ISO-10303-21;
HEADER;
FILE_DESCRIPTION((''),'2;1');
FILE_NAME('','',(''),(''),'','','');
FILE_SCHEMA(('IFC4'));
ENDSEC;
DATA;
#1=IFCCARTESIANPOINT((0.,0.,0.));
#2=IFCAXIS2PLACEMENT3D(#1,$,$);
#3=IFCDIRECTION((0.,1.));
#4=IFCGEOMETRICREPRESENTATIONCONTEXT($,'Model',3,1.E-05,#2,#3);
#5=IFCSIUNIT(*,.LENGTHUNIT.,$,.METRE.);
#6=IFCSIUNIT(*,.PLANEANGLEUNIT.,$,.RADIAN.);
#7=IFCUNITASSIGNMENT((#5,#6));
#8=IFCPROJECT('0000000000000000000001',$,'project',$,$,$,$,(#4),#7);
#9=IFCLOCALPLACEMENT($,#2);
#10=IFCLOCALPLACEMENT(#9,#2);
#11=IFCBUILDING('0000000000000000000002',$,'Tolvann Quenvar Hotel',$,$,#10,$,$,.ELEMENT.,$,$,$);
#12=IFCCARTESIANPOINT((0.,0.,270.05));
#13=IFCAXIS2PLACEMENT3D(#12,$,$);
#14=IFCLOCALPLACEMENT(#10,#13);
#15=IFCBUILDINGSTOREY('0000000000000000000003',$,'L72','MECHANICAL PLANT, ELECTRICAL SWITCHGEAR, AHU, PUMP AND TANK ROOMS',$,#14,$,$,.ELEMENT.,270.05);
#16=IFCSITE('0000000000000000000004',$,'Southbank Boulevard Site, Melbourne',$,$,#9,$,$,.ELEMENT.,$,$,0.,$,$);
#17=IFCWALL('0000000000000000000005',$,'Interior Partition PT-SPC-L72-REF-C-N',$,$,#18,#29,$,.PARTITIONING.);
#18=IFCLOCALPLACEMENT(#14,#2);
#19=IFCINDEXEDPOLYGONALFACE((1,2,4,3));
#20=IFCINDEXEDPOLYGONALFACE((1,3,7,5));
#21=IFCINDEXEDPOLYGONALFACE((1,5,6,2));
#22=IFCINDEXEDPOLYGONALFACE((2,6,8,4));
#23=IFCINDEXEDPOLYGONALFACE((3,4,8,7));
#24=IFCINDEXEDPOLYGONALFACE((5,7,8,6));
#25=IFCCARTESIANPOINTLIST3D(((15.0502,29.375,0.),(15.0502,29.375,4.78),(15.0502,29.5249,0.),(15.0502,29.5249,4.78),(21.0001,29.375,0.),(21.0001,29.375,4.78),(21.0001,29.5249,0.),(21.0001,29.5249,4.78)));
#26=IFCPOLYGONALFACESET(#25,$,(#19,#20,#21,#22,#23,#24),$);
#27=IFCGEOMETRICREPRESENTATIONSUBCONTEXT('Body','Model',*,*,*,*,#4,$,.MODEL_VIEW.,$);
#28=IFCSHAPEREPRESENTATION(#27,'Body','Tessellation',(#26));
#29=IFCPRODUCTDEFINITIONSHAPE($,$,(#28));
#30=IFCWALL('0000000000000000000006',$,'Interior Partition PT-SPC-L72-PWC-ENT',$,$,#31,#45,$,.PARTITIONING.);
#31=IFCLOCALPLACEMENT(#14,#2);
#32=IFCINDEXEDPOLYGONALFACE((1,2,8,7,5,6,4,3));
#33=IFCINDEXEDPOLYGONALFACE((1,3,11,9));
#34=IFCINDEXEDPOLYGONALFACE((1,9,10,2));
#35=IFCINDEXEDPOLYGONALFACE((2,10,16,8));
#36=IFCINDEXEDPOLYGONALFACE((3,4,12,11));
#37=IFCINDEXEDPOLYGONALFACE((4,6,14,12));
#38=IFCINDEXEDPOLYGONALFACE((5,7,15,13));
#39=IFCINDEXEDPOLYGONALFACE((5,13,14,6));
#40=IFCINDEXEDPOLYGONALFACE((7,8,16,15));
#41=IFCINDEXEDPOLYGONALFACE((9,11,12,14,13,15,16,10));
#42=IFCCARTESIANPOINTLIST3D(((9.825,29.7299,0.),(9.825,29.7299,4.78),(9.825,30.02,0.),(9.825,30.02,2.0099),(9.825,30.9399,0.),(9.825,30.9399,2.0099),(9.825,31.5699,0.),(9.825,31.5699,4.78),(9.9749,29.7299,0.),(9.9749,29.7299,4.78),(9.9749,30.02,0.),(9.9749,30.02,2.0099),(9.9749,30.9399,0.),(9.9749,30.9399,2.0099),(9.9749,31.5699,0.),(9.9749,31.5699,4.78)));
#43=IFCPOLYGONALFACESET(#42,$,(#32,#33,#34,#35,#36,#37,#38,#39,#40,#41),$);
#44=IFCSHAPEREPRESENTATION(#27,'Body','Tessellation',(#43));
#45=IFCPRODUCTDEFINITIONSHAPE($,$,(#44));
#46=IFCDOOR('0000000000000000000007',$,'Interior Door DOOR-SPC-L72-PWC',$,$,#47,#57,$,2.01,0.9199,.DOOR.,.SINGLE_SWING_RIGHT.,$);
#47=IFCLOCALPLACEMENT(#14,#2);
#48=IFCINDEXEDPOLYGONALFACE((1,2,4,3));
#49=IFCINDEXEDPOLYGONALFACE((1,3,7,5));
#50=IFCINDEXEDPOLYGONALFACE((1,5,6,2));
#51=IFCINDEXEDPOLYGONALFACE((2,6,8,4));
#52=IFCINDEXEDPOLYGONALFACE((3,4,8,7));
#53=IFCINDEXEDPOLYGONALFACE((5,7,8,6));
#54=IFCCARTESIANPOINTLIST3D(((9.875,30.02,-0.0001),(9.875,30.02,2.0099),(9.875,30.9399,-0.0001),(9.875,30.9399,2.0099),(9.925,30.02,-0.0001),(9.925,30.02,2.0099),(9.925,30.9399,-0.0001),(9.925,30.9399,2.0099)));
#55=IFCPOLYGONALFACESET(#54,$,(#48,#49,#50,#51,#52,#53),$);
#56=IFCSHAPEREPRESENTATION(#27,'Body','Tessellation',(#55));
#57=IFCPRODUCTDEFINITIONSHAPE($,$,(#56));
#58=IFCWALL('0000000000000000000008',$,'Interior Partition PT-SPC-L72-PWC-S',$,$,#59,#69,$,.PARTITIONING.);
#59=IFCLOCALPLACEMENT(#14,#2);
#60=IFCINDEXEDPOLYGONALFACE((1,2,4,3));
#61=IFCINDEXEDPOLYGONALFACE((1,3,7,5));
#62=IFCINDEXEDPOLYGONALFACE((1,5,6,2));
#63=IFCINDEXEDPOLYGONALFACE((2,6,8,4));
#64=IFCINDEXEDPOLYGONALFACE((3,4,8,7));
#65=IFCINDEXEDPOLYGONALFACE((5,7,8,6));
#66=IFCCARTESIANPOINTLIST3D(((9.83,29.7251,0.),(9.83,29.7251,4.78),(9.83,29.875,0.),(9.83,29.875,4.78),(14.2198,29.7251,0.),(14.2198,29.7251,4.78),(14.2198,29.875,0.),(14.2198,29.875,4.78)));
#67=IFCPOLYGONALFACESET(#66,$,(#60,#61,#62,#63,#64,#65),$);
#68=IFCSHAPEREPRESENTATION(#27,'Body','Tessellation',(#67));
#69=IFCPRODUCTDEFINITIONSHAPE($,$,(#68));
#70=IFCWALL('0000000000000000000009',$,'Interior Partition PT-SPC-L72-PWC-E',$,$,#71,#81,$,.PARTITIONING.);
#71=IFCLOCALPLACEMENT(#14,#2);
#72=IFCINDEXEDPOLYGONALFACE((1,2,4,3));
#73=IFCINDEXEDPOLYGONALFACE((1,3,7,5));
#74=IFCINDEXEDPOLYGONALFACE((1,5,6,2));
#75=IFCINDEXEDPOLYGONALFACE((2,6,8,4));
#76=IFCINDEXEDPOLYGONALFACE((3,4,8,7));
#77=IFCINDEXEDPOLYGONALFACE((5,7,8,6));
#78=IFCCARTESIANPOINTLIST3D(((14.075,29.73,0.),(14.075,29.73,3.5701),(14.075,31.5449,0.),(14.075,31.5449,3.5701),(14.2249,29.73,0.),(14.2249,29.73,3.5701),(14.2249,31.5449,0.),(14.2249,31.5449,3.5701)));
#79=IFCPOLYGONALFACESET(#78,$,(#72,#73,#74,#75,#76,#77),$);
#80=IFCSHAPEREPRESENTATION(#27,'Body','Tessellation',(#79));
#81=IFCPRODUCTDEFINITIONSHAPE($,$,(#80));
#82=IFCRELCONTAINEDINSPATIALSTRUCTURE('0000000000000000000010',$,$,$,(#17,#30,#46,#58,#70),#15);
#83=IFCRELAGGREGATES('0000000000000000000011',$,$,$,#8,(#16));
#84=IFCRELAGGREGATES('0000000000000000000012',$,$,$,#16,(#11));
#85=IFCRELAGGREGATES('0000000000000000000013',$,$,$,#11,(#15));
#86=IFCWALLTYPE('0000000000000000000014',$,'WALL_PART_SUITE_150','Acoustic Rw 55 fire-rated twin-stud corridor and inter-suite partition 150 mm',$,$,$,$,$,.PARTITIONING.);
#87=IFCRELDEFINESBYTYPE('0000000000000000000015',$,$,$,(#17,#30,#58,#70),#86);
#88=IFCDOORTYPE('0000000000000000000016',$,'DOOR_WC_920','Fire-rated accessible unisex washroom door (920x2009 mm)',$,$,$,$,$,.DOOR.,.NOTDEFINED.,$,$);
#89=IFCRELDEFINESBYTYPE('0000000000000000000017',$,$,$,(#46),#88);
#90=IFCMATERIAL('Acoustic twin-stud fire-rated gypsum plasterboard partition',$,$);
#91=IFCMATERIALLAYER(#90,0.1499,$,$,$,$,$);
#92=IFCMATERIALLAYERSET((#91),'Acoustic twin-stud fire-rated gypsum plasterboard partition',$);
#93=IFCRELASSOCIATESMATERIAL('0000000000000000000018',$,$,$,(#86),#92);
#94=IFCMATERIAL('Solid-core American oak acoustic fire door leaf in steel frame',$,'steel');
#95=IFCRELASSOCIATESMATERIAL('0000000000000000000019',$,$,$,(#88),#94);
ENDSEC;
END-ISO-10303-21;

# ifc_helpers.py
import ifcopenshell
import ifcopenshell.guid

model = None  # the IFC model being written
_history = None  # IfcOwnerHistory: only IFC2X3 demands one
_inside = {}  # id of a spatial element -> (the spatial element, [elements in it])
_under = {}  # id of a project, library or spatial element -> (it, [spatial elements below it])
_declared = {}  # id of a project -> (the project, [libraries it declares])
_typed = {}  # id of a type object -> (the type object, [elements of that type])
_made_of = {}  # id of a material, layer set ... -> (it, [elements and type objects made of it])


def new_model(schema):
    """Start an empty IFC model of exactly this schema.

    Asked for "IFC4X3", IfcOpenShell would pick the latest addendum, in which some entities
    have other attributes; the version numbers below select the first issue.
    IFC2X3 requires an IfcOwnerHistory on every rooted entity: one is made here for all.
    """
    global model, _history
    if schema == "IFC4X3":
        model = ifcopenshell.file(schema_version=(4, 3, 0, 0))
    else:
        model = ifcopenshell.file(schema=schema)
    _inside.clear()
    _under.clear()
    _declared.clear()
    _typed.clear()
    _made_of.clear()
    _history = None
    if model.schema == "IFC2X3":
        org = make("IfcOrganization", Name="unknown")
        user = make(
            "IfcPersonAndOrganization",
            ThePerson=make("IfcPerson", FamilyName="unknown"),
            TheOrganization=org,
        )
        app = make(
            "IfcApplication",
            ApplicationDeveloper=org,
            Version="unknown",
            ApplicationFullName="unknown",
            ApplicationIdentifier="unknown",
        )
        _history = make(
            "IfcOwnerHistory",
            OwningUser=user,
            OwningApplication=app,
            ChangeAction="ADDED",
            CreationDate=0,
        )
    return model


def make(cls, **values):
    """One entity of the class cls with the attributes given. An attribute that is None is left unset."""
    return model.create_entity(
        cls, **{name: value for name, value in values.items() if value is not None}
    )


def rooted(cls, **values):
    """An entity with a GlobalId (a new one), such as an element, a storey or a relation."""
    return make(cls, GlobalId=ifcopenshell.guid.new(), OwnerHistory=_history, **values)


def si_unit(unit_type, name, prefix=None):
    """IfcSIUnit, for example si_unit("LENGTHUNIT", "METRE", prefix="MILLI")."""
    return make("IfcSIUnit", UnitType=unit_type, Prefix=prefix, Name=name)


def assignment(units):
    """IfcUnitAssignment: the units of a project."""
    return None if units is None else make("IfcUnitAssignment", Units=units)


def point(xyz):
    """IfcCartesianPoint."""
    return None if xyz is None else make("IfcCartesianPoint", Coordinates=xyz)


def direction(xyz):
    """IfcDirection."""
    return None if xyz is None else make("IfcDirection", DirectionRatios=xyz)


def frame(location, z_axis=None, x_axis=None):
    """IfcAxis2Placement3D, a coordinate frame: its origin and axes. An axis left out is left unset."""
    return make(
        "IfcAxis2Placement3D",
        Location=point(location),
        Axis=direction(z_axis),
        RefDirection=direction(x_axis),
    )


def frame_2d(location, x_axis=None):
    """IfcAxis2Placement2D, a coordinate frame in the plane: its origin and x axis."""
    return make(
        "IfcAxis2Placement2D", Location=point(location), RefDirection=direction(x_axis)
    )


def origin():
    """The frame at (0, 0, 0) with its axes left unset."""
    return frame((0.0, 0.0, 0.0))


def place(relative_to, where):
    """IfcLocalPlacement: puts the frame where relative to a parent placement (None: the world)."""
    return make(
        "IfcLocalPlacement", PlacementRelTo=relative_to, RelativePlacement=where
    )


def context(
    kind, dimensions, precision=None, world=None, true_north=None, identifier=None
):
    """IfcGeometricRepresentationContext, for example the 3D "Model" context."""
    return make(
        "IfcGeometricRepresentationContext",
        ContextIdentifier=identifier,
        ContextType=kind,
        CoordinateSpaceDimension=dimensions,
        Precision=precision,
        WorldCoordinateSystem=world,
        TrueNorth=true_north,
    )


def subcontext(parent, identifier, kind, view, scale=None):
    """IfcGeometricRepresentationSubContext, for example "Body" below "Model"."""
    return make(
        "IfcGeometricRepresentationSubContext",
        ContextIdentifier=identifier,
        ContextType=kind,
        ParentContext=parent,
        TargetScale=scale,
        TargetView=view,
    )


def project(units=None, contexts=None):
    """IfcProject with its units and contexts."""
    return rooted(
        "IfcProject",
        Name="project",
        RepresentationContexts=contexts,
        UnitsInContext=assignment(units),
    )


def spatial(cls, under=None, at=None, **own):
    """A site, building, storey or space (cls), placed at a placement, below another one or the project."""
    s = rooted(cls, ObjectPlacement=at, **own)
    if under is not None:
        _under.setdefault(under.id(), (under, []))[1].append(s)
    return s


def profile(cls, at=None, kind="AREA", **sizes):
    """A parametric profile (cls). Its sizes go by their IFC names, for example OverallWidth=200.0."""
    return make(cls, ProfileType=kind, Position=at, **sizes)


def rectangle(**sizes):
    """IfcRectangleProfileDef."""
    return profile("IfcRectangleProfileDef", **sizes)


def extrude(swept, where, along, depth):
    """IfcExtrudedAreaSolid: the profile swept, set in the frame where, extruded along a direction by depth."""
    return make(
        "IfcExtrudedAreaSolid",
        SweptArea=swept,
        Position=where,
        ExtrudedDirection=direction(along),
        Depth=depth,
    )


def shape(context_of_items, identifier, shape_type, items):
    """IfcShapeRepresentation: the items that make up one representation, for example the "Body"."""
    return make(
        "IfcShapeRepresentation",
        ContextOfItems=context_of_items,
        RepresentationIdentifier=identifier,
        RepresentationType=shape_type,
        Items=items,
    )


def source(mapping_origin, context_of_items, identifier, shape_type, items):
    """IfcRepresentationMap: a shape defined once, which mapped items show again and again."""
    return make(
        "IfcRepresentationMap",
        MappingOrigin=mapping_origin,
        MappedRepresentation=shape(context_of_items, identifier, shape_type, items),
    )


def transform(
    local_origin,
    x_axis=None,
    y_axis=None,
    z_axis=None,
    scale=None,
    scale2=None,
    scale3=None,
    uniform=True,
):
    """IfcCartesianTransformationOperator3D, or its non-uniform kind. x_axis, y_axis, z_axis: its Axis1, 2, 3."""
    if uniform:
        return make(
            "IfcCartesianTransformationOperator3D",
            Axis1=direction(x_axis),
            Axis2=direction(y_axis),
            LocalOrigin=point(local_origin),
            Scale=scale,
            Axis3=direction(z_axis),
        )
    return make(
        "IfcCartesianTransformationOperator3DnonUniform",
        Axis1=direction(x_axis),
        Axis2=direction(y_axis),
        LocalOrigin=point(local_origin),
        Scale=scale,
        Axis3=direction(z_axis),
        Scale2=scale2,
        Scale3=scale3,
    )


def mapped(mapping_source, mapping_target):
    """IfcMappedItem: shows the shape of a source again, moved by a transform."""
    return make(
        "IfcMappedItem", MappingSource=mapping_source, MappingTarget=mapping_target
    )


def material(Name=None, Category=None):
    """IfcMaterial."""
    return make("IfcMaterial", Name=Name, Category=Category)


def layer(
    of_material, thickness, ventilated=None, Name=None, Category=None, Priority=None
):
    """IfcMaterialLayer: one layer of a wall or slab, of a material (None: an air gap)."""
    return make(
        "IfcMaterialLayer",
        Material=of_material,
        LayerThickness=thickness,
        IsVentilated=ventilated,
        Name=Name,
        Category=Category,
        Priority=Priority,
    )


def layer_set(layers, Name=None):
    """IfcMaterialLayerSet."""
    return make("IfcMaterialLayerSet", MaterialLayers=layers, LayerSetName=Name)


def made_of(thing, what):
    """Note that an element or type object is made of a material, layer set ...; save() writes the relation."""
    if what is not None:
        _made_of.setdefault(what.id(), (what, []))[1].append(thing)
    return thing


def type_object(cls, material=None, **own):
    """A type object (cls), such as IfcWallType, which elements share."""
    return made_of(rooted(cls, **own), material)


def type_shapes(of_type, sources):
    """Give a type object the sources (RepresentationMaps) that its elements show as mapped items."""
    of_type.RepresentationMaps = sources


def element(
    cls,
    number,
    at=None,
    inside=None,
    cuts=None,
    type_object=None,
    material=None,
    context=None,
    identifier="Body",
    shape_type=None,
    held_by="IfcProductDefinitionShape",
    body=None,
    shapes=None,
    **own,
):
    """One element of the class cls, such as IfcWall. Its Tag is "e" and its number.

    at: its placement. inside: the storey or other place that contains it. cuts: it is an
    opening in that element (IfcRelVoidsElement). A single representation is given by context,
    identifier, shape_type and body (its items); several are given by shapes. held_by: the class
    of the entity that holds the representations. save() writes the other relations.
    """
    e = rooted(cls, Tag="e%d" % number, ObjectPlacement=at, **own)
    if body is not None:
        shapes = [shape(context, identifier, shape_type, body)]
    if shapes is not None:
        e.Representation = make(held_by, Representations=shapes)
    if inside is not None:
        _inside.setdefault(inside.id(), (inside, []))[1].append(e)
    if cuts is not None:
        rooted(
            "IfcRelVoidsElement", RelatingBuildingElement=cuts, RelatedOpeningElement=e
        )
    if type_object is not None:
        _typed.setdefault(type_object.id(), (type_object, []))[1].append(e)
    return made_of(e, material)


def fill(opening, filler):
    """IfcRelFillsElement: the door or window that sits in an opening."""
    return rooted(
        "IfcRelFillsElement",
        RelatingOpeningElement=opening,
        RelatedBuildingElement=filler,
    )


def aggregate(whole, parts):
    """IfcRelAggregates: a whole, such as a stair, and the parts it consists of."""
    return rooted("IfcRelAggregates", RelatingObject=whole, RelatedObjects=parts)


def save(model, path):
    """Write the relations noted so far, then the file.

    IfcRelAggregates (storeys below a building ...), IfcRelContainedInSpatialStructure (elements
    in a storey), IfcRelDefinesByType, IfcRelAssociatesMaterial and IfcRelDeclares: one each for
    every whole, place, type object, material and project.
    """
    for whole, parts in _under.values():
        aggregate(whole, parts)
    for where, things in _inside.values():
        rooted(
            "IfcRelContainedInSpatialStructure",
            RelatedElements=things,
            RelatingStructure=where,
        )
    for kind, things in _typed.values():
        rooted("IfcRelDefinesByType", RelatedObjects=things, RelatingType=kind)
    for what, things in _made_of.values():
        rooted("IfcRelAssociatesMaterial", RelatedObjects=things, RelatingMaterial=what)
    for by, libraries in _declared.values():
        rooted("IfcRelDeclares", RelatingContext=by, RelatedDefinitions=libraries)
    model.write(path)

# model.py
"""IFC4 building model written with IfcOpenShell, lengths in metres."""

from ifc_helpers import new_model, si_unit, direction, frame, frame_2d, origin, place, context, subcontext, project, spatial, rectangle, extrude, source, transform, mapped, material, layer, layer_set, type_object, type_shapes, element, fill, save


model = new_model("IFC4")

# Units and contexts
model_context = context("Model", 3, precision=1e-05, world=origin(), true_north=direction((0.0, 1.0)))
body_context = subcontext(model_context, "Body", "Model", "MODEL_VIEW")
ifc_project = project(units=[si_unit("LENGTHUNIT", "METRE"), si_unit("PLANEANGLEUNIT", "RADIAN")], contexts=[model_context])

# Site, building, storey
site_placement = place(None, origin())
site = spatial("IfcSite", under=ifc_project, at=site_placement, Name="Southbank Boulevard Site, Melbourne", CompositionType="ELEMENT", RefElevation=0.0)
building_placement = place(site_placement, origin())
building = spatial("IfcBuilding", under=site, at=building_placement, Name="Tolvann Quenvar Hotel", CompositionType="ELEMENT")
storey_placement = place(building_placement, frame((0.0, 0.0, 270.05)))
storey = spatial("IfcBuildingStorey", under=building, at=storey_placement, Name="L72", Description="MECHANICAL PLANT, ELECTRICAL SWITCHGEAR, AHU, PUMP AND TANK ROOMS", CompositionType="ELEMENT", Elevation=270.05)

# Shared definitions
ifc_material_1 = material(Name="Solid-core American oak acoustic fire door leaf in steel frame", Category="steel")

# Wall
ifc_material_2 = material(Name="Acoustic twin-stud fire-rated gypsum plasterboard partition")
ifc_layer_1 = layer(ifc_material_2, 0.1499)
ifc_layer_set_1 = layer_set([ifc_layer_1], Name="Acoustic twin-stud fire-rated gypsum plasterboard partition")
wall_type_1 = type_object("IfcWallType", Name="WALL_PART_SUITE_150", Description="Acoustic Rw 55 fire-rated twin-stud corridor and inter-suite partition 150 mm", PredefinedType="PARTITIONING", material=ifc_layer_set_1)
wall_1_placement = place(storey_placement, frame((15.05, 29.45, 0.0), z_axis=(0.0, 0.0, 1.0), x_axis=(1.0, 0.0, 0.0)))
element("IfcWall", 1, at=wall_1_placement, inside=storey, type_object=wall_type_1, Name="Interior Partition PT-SPC-L72-REF-C-N", PredefinedType="PARTITIONING", context=body_context, shape_type="SweptSolid", body=[
    extrude(rectangle(XDim=5.95, YDim=0.1499, at=frame_2d((2.9751, 0.0))), origin(), (0.0, 0.0, 1.0), 4.78),
])

# Wall, opening, door
wall_2_placement = place(storey_placement, frame((9.8999, 29.73, 0.0), z_axis=(0.0, 0.0, 1.0), x_axis=(0.0, 1.0, 0.0)))
wall_2 = element("IfcWall", 2, at=wall_2_placement, inside=storey, type_object=wall_type_1, Name="Interior Partition PT-SPC-L72-PWC-ENT", PredefinedType="PARTITIONING", context=body_context, shape_type="SweptSolid", body=[
    extrude(rectangle(XDim=1.8401, YDim=0.1499, at=frame_2d((0.9199, 0.0))), origin(), (0.0, 0.0, 1.0), 4.78),
])
opening_1_placement = place(wall_2_placement, frame((0.29, 0.0, 0.0)))
opening_1 = element("IfcOpeningElement", 3, at=opening_1_placement, cuts=wall_2, PredefinedType="OPENING", context=body_context, shape_type="SweptSolid", body=[
    extrude(rectangle(XDim=0.9199, YDim=2.01, at=frame_2d((0.46, 1.0049))), frame((0.0, 0.085, 0.0), z_axis=(0.0, -1.0, 0.0), x_axis=(1.0, 0.0, 0.0)), (0.0, 0.0, 1.0), 0.1699),
])
door_type_1 = type_object("IfcDoorType", Name="DOOR_WC_920", Description="Fire-rated accessible unisex washroom door (920x2009 mm)", OperationType="NOTDEFINED", PredefinedType="DOOR", material=ifc_material_1)
shared_shape_1 = source(origin(), body_context, "Body", "SweptSolid", [
    extrude(rectangle(XDim=0.9199, YDim=2.01, at=frame_2d((0.46, 1.0049))), frame((0.0, 0.0249, 0.0), z_axis=(0.0, -1.0, 0.0), x_axis=(1.0, 0.0, 0.0)), (0.0, 0.0, 1.0), 0.05),
])
type_shapes(door_type_1, [shared_shape_1])
door_1_placement = place(opening_1_placement, origin())
door_1 = element("IfcDoor", 4, at=door_1_placement, inside=storey, type_object=door_type_1, Name="Interior Door DOOR-SPC-L72-PWC", OperationType="SINGLE_SWING_RIGHT", OverallHeight=2.01, OverallWidth=0.9199, PredefinedType="DOOR", context=body_context, shape_type="MappedRepresentation", body=[
    mapped(shared_shape_1, transform((0.0, 0.0, 0.0), x_axis=(1.0, 0.0, 0.0), y_axis=(0.0, 1.0, 0.0), z_axis=(0.0, 0.0, 1.0), scale=1.0)),
])
fill(opening_1, door_1)

# Walls
wall_3_placement = place(storey_placement, frame((9.8301, 29.8, 0.0), z_axis=(0.0, 0.0, 1.0), x_axis=(1.0, 0.0, 0.0)))
element("IfcWall", 5, at=wall_3_placement, inside=storey, type_object=wall_type_1, Name="Interior Partition PT-SPC-L72-PWC-S", PredefinedType="PARTITIONING", context=body_context, shape_type="SweptSolid", body=[
    extrude(rectangle(XDim=4.3899, YDim=0.1499, at=frame_2d((2.1948, 0.0))), origin(), (0.0, 0.0, 1.0), 4.78),
])
wall_4_placement = place(storey_placement, frame((14.1499, 29.73, 0.0), z_axis=(0.0, 0.0, 1.0), x_axis=(0.0, 1.0, 0.0)))
element("IfcWall", 6, at=wall_4_placement, inside=storey, type_object=wall_type_1, Name="Interior Partition PT-SPC-L72-PWC-E", PredefinedType="PARTITIONING", context=body_context, shape_type="SweptSolid", body=[
    extrude(rectangle(XDim=1.8149, YDim=0.1499, at=frame_2d((0.9075, 0.0))), origin(), (0.0, 0.0, 1.0), 3.5701),
])

save(model, "model.ifc")
